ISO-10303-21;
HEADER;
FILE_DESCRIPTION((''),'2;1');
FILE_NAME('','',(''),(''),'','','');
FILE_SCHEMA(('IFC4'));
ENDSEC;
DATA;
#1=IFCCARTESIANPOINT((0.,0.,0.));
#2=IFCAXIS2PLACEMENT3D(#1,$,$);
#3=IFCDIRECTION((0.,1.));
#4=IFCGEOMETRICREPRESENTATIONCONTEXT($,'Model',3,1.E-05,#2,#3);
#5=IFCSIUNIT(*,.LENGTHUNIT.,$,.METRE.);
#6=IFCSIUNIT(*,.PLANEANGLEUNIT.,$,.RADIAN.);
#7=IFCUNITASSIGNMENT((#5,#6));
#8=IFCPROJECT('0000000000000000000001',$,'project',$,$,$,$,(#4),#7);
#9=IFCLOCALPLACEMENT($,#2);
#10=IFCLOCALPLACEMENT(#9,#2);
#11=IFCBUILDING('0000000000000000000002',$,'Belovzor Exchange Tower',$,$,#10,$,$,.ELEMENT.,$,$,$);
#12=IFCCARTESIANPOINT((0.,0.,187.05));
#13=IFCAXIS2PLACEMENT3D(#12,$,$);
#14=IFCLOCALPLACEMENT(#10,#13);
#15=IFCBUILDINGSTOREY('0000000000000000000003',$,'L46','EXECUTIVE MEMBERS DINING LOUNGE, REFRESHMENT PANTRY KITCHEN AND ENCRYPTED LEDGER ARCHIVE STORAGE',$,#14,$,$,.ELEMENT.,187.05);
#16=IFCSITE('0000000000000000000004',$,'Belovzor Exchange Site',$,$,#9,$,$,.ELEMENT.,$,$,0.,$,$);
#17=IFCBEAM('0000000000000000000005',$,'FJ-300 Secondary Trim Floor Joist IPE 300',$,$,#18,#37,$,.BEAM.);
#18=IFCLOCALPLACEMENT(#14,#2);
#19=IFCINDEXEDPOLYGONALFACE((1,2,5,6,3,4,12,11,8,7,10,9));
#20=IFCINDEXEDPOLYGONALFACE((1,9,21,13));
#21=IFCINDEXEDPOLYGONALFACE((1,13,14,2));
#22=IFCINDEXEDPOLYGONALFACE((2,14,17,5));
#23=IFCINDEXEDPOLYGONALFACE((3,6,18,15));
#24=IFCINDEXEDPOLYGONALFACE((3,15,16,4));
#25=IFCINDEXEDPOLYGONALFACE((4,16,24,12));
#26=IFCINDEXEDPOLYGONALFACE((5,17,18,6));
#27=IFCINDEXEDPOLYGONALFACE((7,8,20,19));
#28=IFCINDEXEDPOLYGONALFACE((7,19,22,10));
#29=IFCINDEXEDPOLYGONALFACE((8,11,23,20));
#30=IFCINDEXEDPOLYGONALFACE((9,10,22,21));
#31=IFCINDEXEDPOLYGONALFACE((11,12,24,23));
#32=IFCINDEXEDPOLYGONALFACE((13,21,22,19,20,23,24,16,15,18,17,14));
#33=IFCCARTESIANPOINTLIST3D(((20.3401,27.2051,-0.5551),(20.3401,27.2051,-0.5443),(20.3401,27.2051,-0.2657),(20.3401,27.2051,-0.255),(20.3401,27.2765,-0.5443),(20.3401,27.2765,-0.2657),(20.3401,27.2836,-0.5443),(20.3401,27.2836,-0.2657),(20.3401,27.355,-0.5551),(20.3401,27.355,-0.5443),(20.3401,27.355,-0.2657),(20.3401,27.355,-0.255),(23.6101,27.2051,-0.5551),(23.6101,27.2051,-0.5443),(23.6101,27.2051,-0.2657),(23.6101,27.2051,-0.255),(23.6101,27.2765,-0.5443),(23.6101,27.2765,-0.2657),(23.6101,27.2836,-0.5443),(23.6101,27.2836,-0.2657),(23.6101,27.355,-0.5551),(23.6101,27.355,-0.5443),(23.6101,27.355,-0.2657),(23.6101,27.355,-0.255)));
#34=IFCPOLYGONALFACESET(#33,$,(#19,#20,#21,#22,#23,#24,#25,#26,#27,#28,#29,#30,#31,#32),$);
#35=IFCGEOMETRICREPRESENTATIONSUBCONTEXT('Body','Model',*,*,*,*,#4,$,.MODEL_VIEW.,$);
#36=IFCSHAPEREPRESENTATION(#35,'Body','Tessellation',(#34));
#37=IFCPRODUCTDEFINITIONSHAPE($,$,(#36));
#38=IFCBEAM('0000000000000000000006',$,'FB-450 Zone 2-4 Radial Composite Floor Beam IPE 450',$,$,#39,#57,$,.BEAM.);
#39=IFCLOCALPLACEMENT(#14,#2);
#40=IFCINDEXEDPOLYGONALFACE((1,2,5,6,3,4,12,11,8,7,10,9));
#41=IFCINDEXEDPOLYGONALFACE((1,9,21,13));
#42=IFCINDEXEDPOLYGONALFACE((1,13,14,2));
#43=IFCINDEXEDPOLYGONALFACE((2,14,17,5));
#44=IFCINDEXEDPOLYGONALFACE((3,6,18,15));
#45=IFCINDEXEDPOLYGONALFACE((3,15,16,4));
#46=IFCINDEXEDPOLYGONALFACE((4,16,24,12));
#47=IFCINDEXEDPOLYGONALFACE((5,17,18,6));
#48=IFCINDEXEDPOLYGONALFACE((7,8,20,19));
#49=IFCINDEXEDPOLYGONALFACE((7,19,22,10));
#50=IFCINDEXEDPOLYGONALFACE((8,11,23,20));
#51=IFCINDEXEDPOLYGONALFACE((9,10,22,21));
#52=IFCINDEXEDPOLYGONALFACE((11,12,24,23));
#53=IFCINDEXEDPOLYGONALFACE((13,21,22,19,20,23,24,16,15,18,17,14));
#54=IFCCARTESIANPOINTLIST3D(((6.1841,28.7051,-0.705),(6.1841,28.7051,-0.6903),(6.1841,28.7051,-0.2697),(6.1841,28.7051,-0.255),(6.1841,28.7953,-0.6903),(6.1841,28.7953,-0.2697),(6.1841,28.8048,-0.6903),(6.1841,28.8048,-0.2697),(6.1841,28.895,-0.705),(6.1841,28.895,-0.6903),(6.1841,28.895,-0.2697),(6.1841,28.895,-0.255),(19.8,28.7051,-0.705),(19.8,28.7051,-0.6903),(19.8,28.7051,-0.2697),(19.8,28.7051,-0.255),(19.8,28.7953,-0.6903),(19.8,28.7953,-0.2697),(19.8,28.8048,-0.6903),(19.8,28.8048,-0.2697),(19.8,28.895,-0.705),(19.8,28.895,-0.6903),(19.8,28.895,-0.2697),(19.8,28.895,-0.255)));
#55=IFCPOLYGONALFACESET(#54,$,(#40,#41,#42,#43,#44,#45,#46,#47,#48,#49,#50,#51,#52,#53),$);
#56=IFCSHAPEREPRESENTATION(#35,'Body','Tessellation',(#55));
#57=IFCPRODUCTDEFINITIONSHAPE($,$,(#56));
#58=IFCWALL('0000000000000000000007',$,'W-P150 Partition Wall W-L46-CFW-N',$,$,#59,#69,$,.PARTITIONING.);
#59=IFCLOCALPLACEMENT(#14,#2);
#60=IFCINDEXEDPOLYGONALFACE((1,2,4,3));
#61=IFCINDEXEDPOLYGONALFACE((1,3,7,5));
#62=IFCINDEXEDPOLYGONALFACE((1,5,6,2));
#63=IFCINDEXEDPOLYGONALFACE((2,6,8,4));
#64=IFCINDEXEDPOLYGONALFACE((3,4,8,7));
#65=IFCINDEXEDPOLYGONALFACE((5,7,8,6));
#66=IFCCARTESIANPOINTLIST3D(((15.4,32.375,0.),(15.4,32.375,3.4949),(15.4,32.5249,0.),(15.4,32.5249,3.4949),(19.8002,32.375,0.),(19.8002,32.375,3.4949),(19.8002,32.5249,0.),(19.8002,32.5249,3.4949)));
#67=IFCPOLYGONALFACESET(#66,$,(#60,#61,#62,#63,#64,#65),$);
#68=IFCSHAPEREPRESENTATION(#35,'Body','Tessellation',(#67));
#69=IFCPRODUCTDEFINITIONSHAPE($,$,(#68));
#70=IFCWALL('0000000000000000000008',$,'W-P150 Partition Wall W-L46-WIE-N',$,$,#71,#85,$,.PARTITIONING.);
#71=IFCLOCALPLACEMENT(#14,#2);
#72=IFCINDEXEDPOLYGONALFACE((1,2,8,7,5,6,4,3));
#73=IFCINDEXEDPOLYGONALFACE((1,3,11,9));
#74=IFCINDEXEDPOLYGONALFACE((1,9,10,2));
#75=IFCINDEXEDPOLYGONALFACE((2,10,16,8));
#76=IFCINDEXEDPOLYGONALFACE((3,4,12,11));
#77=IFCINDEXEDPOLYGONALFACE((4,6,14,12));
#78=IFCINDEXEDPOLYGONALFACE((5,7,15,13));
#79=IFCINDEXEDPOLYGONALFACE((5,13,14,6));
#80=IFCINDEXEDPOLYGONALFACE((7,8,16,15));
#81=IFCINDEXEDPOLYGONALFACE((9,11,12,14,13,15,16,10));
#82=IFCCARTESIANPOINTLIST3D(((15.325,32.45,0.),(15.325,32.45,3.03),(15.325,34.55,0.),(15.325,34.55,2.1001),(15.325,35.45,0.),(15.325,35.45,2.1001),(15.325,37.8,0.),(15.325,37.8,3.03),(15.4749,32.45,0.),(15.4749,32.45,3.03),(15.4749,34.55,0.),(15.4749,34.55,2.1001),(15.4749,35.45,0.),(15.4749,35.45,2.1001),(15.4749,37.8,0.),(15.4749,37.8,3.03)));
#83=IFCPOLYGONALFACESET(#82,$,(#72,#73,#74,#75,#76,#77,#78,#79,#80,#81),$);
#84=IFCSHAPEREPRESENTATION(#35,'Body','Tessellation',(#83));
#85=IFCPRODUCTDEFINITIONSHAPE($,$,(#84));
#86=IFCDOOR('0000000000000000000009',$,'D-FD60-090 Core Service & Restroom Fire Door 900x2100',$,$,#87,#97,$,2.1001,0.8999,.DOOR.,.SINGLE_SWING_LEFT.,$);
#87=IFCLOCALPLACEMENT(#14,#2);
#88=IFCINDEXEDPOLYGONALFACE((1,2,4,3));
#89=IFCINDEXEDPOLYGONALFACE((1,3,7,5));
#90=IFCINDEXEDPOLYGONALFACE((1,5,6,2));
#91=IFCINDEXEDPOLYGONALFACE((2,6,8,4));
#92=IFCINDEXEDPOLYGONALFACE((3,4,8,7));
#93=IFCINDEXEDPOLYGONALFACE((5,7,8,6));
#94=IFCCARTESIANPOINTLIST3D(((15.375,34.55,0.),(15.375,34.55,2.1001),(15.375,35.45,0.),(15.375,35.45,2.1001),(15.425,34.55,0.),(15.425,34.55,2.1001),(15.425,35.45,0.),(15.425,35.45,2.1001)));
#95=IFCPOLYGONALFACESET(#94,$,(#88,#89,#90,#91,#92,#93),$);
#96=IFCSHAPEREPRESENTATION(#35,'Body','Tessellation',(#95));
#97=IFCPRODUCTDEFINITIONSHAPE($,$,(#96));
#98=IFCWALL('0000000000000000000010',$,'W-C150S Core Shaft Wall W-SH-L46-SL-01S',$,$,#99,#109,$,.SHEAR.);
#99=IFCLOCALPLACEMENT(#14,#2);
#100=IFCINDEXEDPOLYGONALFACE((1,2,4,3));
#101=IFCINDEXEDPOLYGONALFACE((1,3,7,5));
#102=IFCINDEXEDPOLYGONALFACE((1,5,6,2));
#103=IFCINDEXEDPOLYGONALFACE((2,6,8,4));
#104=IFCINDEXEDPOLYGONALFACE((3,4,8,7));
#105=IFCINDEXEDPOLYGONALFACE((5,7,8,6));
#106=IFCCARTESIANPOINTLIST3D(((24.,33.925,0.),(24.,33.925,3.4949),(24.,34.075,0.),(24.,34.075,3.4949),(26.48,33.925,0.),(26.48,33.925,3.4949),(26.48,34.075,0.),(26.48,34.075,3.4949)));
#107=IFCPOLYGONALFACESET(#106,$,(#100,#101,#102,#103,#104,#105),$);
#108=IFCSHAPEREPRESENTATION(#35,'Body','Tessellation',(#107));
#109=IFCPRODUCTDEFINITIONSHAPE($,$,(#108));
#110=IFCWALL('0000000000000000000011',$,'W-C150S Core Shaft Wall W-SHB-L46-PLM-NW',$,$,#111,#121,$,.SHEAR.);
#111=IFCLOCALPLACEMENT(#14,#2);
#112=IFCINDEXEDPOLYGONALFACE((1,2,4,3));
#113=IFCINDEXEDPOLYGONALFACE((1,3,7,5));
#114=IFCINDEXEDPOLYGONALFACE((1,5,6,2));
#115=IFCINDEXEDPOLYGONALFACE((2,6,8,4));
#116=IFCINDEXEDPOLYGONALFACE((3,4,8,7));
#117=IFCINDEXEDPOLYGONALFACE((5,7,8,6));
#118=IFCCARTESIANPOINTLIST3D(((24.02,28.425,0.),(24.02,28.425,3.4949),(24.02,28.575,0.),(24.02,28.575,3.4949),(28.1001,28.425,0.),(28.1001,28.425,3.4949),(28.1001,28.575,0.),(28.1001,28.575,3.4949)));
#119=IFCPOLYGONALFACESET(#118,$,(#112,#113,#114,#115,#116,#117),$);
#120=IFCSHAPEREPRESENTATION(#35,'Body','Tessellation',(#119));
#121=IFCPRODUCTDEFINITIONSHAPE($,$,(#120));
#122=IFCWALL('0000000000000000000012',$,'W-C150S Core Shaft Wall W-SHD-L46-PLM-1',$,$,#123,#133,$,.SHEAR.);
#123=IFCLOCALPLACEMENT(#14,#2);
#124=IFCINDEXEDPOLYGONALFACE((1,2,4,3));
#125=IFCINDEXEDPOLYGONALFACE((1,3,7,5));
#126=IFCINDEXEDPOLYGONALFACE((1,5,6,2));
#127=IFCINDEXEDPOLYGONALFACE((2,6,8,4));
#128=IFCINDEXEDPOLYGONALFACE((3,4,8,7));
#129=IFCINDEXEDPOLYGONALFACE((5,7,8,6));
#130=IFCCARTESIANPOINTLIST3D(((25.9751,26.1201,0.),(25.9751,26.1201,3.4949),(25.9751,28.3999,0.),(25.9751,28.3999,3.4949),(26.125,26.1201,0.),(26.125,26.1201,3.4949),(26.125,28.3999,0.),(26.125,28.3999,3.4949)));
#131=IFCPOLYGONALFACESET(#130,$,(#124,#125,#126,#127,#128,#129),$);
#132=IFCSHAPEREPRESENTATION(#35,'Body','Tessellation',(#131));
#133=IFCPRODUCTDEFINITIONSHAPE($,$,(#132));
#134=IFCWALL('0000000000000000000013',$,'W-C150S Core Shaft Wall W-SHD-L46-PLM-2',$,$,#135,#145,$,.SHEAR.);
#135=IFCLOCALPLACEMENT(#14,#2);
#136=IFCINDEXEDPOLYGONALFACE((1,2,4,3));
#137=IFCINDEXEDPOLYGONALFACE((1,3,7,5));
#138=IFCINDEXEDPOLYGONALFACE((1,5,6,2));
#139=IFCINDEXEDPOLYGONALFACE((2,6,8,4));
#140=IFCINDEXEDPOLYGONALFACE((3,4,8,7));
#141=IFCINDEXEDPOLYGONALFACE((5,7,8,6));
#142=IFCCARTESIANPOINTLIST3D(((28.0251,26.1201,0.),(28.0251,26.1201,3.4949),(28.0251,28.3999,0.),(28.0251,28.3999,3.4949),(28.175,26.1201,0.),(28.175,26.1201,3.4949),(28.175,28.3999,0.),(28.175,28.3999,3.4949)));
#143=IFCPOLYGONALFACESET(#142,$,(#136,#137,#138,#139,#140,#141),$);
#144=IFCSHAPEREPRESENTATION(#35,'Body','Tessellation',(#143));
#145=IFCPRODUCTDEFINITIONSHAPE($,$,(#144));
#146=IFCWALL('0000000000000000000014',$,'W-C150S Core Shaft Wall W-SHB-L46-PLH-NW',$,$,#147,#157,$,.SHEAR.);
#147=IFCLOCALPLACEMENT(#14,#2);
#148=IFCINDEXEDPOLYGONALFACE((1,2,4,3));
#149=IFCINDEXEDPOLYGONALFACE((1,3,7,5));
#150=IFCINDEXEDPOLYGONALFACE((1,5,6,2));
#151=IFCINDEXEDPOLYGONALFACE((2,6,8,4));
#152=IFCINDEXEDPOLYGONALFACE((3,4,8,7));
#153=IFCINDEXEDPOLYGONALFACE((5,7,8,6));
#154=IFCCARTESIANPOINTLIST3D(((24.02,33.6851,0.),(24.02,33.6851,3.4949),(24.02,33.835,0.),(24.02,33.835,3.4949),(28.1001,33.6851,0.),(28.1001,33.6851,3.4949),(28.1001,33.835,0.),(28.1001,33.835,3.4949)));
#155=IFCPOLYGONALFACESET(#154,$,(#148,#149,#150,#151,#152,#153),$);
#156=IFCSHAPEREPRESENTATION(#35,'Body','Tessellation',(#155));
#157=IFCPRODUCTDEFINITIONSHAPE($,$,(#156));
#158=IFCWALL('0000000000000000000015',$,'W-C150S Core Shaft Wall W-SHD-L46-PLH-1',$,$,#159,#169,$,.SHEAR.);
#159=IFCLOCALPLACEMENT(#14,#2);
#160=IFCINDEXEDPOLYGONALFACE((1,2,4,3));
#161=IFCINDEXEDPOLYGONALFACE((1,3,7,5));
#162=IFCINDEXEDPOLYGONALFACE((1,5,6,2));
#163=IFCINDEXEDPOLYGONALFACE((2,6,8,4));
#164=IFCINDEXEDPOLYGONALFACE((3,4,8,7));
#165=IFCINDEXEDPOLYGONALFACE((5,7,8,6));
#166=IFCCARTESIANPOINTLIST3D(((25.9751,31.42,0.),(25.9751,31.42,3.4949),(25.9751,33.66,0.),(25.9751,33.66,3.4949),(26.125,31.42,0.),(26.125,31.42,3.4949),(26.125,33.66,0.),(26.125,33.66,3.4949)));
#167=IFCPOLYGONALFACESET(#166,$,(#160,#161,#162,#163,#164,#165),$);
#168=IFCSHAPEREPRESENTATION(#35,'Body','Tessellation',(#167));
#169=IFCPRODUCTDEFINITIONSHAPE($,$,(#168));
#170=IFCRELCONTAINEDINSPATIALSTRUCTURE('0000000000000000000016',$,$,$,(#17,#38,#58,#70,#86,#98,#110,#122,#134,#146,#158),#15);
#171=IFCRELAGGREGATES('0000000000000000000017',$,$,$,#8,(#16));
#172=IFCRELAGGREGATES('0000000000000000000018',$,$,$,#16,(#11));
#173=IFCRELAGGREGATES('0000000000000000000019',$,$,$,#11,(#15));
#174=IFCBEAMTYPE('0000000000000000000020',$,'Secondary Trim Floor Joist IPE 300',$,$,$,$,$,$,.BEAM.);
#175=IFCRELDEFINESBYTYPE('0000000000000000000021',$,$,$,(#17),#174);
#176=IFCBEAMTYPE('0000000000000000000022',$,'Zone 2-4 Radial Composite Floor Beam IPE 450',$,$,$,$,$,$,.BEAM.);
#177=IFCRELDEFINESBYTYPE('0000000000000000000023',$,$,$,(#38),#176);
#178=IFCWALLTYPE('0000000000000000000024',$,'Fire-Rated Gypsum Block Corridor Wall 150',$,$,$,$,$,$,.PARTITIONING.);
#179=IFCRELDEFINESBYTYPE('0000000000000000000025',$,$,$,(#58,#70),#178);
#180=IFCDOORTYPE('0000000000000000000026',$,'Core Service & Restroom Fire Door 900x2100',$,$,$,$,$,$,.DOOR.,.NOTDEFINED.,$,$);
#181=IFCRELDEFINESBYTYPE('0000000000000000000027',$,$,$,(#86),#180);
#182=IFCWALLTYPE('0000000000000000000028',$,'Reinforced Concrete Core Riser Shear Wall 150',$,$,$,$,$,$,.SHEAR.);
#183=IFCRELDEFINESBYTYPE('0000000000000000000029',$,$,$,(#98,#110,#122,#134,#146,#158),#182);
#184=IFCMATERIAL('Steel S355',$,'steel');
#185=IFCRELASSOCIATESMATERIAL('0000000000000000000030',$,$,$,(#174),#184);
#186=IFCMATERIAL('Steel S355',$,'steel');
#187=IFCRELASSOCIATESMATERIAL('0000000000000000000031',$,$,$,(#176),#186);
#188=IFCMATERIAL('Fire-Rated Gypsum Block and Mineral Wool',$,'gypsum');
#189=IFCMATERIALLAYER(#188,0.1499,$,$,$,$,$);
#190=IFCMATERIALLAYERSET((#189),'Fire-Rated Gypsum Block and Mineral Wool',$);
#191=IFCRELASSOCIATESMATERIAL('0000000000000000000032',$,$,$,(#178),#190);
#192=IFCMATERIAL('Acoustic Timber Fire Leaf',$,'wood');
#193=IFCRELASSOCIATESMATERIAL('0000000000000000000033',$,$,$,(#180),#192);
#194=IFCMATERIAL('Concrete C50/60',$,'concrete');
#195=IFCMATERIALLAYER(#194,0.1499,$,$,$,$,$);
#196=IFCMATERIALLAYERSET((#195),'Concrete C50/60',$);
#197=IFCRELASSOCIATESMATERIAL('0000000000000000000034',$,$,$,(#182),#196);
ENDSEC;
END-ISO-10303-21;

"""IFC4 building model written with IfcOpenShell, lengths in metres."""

from ifc_helpers import new_model, si_unit, direction, frame, frame_2d, origin, origin_2d, place, context, subcontext, project, spatial, rectangle, i_section, extrude, material, layer, layer_set, material_profile, profile_set, type_object, element, fill, save


model = new_model("IFC4")

# Units and contexts
model_context = context("Model", 3, precision=1e-05, world=origin(), true_north=direction((0.0, 1.0)))
body_context = subcontext(model_context, "Body", "Model", "MODEL_VIEW")
ifc_project = project(units=[si_unit("LENGTHUNIT", "METRE"), si_unit("PLANEANGLEUNIT", "RADIAN")], contexts=[model_context])

# Site, building, storey
site_placement = place(None, origin())
site = spatial("IfcSite", under=ifc_project, at=site_placement, Name="Belovzor Exchange Site", CompositionType="ELEMENT", RefElevation=0.0)
building_placement = place(site_placement, origin())
building = spatial("IfcBuilding", under=site, at=building_placement, Name="Belovzor Exchange Tower", CompositionType="ELEMENT")
storey_placement = place(building_placement, frame((0.0, 0.0, 187.05)))
storey = spatial("IfcBuildingStorey", under=building, at=storey_placement, Name="L46", Description="EXECUTIVE MEMBERS DINING LOUNGE, REFRESHMENT PANTRY KITCHEN AND ENCRYPTED LEDGER ARCHIVE STORAGE", CompositionType="ELEMENT", Elevation=187.05)

# Beams
ifc_material_1 = material(Name="Steel S355", Category="steel")
ifc_material_profile_1 = material_profile(ifc_material_1, i_section(OverallWidth=0.1499, OverallDepth=0.3, WebThickness=0.0071, FlangeThickness=0.0107, at=origin_2d()))
ifc_profile_set_1 = profile_set([ifc_material_profile_1], Name="Steel S355")
beam_type_1 = type_object("IfcBeamType", Name="Secondary Trim Floor Joist IPE 300", PredefinedType="BEAM", material=ifc_profile_set_1)
beam_1_placement = place(storey_placement, frame((20.3401, 27.28, -0.405), z_axis=(1.0, 0.0, 0.0), x_axis=(0.0, 1.0, 0.0)))
element("IfcBeam", 1, at=beam_1_placement, inside=storey, type_object=beam_type_1, Name="FJ-300 Secondary Trim Floor Joist IPE 300", PredefinedType="BEAM", context=body_context, shape_type="SweptSolid", body=[
    extrude(i_section(OverallWidth=0.1499, OverallDepth=0.3, WebThickness=0.0071, FlangeThickness=0.0107, at=origin_2d()), origin(), (0.0, 0.0, 1.0), 3.27),
])
ifc_material_2 = material(Name="Steel S355", Category="steel")
ifc_material_profile_2 = material_profile(ifc_material_2, i_section(OverallWidth=0.1899, OverallDepth=0.45, WebThickness=0.0095, FlangeThickness=0.0146, at=origin_2d()))
ifc_profile_set_2 = profile_set([ifc_material_profile_2], Name="Steel S355")
beam_type_2 = type_object("IfcBeamType", Name="Zone 2-4 Radial Composite Floor Beam IPE 450", PredefinedType="BEAM", material=ifc_profile_set_2)
beam_2_placement = place(storey_placement, frame((19.8, 28.8, -0.48), z_axis=(-1.0, 0.0, 0.0), x_axis=(0.0, -1.0, 0.0)))
element("IfcBeam", 2, at=beam_2_placement, inside=storey, type_object=beam_type_2, Name="FB-450 Zone 2-4 Radial Composite Floor Beam IPE 450", PredefinedType="BEAM", context=body_context, shape_type="SweptSolid", body=[
    extrude(i_section(OverallWidth=0.1899, OverallDepth=0.45, WebThickness=0.0095, FlangeThickness=0.0146, at=origin_2d()), origin(), (0.0, 0.0, 1.0), 13.616),
])

# Wall
ifc_material_3 = material(Name="Fire-Rated Gypsum Block and Mineral Wool", Category="gypsum")
ifc_layer_1 = layer(ifc_material_3, 0.1499)
ifc_layer_set_1 = layer_set([ifc_layer_1], Name="Fire-Rated Gypsum Block and Mineral Wool")
wall_type_1 = type_object("IfcWallType", Name="Fire-Rated Gypsum Block Corridor Wall 150", PredefinedType="PARTITIONING", material=ifc_layer_set_1)
wall_1_placement = place(storey_placement, frame((15.3999, 32.45, 0.0), z_axis=(0.0, 0.0, 1.0), x_axis=(1.0, 0.0, 0.0)))
element("IfcWall", 3, at=wall_1_placement, inside=storey, type_object=wall_type_1, Name="W-P150 Partition Wall W-L46-CFW-N", PredefinedType="PARTITIONING", context=body_context, shape_type="SweptSolid", body=[
    extrude(rectangle(XDim=4.4001, YDim=0.1499, at=frame_2d((2.2002, 0.0))), origin(), (0.0, 0.0, 1.0), 3.4949),
])

# Wall, opening, door
wall_2_placement = place(storey_placement, frame((15.3999, 32.45, 0.0), z_axis=(0.0, 0.0, 1.0), x_axis=(0.0, 1.0, 0.0)))
wall_2 = element("IfcWall", 4, at=wall_2_placement, inside=storey, type_object=wall_type_1, Name="W-P150 Partition Wall W-L46-WIE-N", PredefinedType="PARTITIONING", context=body_context, shape_type="SweptSolid", body=[
    extrude(rectangle(XDim=5.3501, YDim=0.1499, at=frame_2d((2.675, 0.0))), origin(), (0.0, 0.0, 1.0), 3.03),
])
opening_1_placement = place(wall_2_placement, frame((2.1001, 0.0, 0.0)))
opening_1 = element("IfcOpeningElement", 5, at=opening_1_placement, cuts=wall_2, PredefinedType="OPENING", context=body_context, shape_type="SweptSolid", body=[
    extrude(rectangle(XDim=0.8999, YDim=2.1001, at=frame_2d((0.45, 1.05))), frame((0.0, 0.085, 0.0), z_axis=(0.0, -1.0, 0.0), x_axis=(1.0, 0.0, 0.0)), (0.0, 0.0, 1.0), 0.1699),
])
ifc_material_4 = material(Name="Acoustic Timber Fire Leaf", Category="wood")
door_type_1 = type_object("IfcDoorType", Name="Core Service & Restroom Fire Door 900x2100", OperationType="NOTDEFINED", PredefinedType="DOOR", material=ifc_material_4)
door_1_placement = place(opening_1_placement, origin())
door_1 = element("IfcDoor", 6, at=door_1_placement, inside=storey, type_object=door_type_1, Name="D-FD60-090 Core Service & Restroom Fire Door 900x2100", OperationType="SINGLE_SWING_LEFT", OverallHeight=2.1001, OverallWidth=0.8999, PredefinedType="DOOR", context=body_context, shape_type="SweptSolid", body=[
    extrude(rectangle(XDim=0.8999, YDim=2.1001, at=frame_2d((0.45, 1.05))), frame((0.0, 0.0249, 0.0), z_axis=(0.0, -1.0, 0.0), x_axis=(1.0, 0.0, 0.0)), (0.0, 0.0, 1.0), 0.05),
])
fill(opening_1, door_1)

# Walls
ifc_material_5 = material(Name="Concrete C50/60", Category="concrete")
ifc_layer_2 = layer(ifc_material_5, 0.1499)
ifc_layer_set_2 = layer_set([ifc_layer_2], Name="Concrete C50/60")
wall_type_2 = type_object("IfcWallType", Name="Reinforced Concrete Core Riser Shear Wall 150", PredefinedType="SHEAR", material=ifc_layer_set_2)
wall_3_placement = place(storey_placement, frame((24.0, 34.0, 0.0), z_axis=(0.0, 0.0, 1.0), x_axis=(1.0, 0.0, 0.0)))
element("IfcWall", 7, at=wall_3_placement, inside=storey, type_object=wall_type_2, Name="W-C150S Core Shaft Wall W-SH-L46-SL-01S", PredefinedType="SHEAR", context=body_context, shape_type="SweptSolid", body=[
    extrude(rectangle(XDim=2.48, YDim=0.1499, at=frame_2d((1.24, 0.0))), origin(), (0.0, 0.0, 1.0), 3.4949),
])
wall_4_placement = place(storey_placement, frame((24.02, 28.5, 0.0), z_axis=(0.0, 0.0, 1.0), x_axis=(1.0, 0.0, 0.0)))
element("IfcWall", 8, at=wall_4_placement, inside=storey, type_object=wall_type_2, Name="W-C150S Core Shaft Wall W-SHB-L46-PLM-NW", PredefinedType="SHEAR", context=body_context, shape_type="SweptSolid", body=[
    extrude(rectangle(XDim=4.0801, YDim=0.1499, at=frame_2d((2.04, 0.0))), origin(), (0.0, 0.0, 1.0), 3.4949),
])
for number, where, z_axis, x_axis, name in (
    (9, (26.05, 26.1201, 0.0), (0.0, 0.0, 1.0), (0.0, 1.0, 0.0), "W-C150S Core Shaft Wall W-SHD-L46-PLM-1"),
    (10, (28.1001, 26.1201, 0.0), (0.0, 0.0, 1.0), (0.0, 1.0, 0.0), "W-C150S Core Shaft Wall W-SHD-L46-PLM-2"),
):
    element("IfcWall", number, at=place(storey_placement, frame(where, z_axis=z_axis, x_axis=x_axis)), inside=storey, type_object=wall_type_2, Name=name, PredefinedType="SHEAR", context=body_context, shape_type="SweptSolid", body=[
        extrude(rectangle(XDim=2.2798, YDim=0.1499, at=frame_2d((1.1399, 0.0))), origin(), (0.0, 0.0, 1.0), 3.4949),
    ])
wall_5_placement = place(storey_placement, frame((24.02, 33.76, 0.0), z_axis=(0.0, 0.0, 1.0), x_axis=(1.0, 0.0, 0.0)))
element("IfcWall", 11, at=wall_5_placement, inside=storey, type_object=wall_type_2, Name="W-C150S Core Shaft Wall W-SHB-L46-PLH-NW", PredefinedType="SHEAR", context=body_context, shape_type="SweptSolid", body=[
    extrude(rectangle(XDim=4.0801, YDim=0.1499, at=frame_2d((2.04, 0.0))), origin(), (0.0, 0.0, 1.0), 3.4949),
])
wall_6_placement = place(storey_placement, frame((26.05, 31.4199, 0.0), z_axis=(0.0, 0.0, 1.0), x_axis=(0.0, 1.0, 0.0)))
element("IfcWall", 12, at=wall_6_placement, inside=storey, type_object=wall_type_2, Name="W-C150S Core Shaft Wall W-SHD-L46-PLH-1", PredefinedType="SHEAR", context=body_context, shape_type="SweptSolid", body=[
    extrude(rectangle(XDim=2.24, YDim=0.1499, at=frame_2d((1.1201, 0.0))), origin(), (0.0, 0.0, 1.0), 3.4949),
])

save(model, "model.ifc")
